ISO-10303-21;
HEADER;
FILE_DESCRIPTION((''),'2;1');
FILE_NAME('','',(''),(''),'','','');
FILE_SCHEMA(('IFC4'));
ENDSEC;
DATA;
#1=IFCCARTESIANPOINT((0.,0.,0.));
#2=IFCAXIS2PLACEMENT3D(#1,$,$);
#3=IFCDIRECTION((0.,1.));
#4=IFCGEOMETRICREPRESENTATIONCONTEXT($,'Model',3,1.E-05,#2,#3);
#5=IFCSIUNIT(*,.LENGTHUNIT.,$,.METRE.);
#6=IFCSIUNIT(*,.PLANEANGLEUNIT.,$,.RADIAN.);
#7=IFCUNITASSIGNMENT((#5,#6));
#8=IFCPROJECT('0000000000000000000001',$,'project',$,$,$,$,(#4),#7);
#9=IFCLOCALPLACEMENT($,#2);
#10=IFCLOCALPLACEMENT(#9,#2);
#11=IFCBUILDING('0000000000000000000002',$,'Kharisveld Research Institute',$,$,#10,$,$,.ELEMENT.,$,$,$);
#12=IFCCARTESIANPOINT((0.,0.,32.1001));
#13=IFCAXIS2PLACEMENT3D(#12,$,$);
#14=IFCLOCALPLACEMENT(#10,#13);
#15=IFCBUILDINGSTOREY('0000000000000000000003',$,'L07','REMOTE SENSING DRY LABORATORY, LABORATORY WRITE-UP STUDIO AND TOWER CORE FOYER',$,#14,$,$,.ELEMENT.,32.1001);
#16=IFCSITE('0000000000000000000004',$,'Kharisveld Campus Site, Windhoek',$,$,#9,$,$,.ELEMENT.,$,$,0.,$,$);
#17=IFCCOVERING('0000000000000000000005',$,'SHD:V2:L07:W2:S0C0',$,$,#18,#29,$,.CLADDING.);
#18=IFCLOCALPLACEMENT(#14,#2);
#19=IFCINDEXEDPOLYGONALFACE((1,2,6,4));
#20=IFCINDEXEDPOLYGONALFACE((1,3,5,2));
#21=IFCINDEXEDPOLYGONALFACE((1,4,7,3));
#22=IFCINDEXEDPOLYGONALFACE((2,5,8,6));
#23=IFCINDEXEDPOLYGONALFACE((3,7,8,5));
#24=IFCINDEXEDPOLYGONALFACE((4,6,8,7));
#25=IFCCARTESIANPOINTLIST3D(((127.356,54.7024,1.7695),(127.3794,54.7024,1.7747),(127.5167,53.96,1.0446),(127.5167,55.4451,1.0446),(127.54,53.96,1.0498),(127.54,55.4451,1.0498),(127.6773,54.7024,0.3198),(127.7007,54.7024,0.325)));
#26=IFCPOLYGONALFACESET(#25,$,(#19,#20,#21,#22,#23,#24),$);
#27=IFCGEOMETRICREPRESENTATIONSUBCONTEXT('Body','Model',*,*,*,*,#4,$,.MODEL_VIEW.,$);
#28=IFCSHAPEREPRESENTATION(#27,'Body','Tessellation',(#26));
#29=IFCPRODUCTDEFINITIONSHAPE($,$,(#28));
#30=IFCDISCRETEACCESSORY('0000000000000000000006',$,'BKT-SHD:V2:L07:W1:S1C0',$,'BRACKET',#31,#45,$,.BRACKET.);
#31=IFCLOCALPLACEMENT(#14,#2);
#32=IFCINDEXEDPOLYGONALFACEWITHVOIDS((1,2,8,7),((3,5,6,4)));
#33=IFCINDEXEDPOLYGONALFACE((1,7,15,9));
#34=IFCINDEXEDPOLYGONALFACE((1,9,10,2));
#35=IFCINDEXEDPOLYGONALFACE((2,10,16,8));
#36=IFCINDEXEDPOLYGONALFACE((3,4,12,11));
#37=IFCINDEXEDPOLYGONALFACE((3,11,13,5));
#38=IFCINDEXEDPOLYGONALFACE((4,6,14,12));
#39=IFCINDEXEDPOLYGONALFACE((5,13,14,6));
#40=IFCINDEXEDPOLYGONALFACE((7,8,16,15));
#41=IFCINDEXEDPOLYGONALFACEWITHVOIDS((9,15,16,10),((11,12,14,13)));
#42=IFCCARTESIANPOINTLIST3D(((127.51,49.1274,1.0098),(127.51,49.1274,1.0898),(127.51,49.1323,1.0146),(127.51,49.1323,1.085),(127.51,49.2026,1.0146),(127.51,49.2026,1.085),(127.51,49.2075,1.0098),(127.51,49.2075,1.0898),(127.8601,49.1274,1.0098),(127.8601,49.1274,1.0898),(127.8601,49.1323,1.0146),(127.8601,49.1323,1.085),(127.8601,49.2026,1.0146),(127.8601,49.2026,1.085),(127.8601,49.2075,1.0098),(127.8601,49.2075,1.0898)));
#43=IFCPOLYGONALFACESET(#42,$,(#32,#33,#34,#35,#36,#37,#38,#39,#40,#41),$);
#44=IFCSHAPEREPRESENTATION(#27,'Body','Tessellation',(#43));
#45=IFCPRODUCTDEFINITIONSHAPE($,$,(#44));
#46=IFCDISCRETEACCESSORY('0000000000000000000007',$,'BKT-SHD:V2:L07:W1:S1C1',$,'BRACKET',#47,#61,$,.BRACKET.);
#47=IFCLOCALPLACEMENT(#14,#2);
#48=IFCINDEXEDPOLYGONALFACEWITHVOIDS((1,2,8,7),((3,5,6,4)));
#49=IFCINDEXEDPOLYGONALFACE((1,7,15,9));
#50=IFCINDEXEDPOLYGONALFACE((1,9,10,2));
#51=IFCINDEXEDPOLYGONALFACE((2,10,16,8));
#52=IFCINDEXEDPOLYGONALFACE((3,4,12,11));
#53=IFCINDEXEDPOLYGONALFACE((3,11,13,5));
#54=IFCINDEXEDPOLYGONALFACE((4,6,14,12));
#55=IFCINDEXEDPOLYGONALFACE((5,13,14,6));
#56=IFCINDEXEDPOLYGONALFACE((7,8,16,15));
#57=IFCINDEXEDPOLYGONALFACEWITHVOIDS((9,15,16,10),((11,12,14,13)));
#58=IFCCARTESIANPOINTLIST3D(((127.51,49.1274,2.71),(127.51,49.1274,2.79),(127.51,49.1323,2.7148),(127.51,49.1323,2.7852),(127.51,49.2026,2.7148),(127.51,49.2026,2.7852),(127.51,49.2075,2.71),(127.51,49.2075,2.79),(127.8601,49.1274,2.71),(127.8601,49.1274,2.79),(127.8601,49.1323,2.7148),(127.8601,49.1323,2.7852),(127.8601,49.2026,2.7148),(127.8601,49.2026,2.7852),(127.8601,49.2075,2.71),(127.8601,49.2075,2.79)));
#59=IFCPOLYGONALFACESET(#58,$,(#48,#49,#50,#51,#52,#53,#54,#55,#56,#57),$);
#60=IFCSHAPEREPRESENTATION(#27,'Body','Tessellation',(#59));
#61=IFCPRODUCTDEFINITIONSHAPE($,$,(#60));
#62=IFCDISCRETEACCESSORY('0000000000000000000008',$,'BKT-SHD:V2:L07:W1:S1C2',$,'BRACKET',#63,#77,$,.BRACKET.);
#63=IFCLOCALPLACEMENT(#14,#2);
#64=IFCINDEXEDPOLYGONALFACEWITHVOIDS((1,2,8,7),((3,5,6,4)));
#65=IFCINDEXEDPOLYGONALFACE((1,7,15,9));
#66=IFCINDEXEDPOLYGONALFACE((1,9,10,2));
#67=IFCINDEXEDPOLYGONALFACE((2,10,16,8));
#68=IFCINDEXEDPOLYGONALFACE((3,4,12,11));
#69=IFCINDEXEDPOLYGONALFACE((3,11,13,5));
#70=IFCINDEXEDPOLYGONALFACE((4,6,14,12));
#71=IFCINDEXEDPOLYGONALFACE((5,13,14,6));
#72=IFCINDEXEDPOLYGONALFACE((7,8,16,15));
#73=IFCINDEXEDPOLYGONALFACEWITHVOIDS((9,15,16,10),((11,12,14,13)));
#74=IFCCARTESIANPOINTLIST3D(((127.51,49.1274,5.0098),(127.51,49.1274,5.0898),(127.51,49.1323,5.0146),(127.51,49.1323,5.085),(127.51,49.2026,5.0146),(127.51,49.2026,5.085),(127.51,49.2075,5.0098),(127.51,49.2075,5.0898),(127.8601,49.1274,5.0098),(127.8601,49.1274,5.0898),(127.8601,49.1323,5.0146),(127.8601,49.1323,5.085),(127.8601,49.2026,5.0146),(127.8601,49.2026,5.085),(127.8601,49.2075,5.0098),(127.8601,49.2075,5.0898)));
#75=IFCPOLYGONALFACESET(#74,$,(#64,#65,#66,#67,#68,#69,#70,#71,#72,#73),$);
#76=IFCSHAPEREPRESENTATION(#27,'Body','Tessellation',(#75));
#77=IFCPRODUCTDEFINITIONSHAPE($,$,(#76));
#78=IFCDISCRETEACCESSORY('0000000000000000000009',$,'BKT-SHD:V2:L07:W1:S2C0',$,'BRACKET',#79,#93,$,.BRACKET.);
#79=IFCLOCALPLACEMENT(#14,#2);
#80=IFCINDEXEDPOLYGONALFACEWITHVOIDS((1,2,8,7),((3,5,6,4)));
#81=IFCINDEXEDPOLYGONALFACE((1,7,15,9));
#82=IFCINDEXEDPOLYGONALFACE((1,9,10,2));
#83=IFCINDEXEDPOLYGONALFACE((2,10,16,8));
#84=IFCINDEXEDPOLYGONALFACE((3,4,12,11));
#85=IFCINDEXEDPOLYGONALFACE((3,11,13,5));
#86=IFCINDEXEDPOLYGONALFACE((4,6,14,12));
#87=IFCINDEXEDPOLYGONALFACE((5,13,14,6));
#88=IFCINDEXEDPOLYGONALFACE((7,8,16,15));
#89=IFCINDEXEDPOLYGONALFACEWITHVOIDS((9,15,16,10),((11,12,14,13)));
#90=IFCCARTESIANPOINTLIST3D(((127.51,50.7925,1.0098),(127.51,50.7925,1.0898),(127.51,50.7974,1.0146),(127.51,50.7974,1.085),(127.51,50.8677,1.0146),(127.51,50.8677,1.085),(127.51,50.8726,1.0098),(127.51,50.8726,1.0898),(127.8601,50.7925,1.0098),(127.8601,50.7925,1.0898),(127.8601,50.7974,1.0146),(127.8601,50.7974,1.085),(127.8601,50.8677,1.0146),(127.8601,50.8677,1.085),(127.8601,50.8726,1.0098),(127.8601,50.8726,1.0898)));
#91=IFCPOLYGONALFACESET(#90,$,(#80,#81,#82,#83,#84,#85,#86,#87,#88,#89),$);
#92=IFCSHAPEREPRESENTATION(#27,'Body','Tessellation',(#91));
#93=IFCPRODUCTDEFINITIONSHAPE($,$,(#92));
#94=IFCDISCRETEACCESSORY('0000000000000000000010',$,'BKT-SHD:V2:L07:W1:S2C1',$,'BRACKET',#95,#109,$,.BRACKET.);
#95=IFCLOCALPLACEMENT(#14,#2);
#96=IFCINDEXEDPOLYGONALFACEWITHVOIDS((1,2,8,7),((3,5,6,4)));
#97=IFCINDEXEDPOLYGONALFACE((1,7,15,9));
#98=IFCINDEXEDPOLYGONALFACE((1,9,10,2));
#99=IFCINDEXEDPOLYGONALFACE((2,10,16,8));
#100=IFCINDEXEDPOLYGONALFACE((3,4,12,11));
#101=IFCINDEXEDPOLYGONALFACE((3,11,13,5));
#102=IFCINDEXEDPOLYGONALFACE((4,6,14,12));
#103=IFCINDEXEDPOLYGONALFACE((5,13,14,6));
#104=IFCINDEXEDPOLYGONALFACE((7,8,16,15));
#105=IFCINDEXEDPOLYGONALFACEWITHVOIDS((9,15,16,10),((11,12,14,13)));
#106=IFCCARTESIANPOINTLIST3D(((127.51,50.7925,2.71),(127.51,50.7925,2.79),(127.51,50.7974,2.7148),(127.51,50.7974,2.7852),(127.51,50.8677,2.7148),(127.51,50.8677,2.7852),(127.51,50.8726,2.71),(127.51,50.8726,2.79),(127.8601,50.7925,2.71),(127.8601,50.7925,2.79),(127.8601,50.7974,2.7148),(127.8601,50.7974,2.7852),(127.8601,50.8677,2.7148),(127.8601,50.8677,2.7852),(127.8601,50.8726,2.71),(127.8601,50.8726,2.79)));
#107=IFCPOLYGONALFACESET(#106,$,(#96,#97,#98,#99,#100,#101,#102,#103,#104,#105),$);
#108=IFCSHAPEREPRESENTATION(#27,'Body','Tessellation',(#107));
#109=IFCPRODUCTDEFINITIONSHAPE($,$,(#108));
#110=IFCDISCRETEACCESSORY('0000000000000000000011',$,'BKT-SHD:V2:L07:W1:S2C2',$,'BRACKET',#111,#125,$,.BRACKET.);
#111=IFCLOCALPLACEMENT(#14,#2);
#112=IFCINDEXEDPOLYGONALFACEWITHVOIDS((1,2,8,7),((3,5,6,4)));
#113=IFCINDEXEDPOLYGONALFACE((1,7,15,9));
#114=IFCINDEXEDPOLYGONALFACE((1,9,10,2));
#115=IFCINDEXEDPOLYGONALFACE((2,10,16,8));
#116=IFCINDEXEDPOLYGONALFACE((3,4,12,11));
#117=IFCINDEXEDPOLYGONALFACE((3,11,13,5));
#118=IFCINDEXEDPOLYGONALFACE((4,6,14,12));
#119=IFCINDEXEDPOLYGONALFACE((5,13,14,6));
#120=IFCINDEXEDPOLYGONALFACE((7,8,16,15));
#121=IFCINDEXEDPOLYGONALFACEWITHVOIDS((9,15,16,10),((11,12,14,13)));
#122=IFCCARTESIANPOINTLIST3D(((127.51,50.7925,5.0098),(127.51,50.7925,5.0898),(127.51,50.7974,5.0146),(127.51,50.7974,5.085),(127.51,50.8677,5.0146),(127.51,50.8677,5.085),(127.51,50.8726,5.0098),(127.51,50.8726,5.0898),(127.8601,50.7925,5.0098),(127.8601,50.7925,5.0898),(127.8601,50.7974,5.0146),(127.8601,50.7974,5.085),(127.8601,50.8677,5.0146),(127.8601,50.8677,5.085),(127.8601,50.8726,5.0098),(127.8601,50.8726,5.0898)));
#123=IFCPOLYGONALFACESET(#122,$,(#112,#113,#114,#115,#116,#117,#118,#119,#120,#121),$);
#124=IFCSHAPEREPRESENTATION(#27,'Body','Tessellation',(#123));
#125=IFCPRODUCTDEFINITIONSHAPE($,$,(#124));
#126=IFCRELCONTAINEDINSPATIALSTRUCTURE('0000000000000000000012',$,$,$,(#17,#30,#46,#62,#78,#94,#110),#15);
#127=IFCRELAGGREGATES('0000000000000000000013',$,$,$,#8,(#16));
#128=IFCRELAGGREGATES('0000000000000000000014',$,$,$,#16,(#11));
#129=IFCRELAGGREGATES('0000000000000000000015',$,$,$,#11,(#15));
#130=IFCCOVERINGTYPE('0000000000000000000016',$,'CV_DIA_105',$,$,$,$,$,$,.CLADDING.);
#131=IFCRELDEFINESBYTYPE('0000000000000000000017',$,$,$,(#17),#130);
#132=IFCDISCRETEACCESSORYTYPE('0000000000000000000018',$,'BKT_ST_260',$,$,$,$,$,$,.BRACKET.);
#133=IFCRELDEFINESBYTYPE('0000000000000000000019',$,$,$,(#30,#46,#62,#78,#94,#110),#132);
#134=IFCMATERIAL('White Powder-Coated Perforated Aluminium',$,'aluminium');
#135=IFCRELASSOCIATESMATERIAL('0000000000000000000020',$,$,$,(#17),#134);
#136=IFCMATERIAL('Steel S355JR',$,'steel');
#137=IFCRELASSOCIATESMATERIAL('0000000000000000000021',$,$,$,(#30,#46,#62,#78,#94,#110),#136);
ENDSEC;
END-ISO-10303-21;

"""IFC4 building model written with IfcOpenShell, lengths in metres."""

from ifc_helpers import new_model, si_unit, direction, frame, origin, origin_2d, place, context, subcontext, project, spatial, polyline, hollow_rectangle, outline, extrude, material, type_object, element, save


model = new_model("IFC4")

# Units and contexts
model_context = context("Model", 3, precision=1e-05, world=origin(), true_north=direction((0.0, 1.0)))
body_context = subcontext(model_context, "Body", "Model", "MODEL_VIEW")
ifc_project = project(units=[si_unit("LENGTHUNIT", "METRE"), si_unit("PLANEANGLEUNIT", "RADIAN")], contexts=[model_context])

# Site, building, storey
site_placement = place(None, origin())
site = spatial("IfcSite", under=ifc_project, at=site_placement, Name="Kharisveld Campus Site, Windhoek", CompositionType="ELEMENT", RefElevation=0.0)
building_placement = place(site_placement, origin())
building = spatial("IfcBuilding", under=site, at=building_placement, Name="Kharisveld Research Institute", CompositionType="ELEMENT")
storey_placement = place(building_placement, frame((0.0, 0.0, 32.1001)))
storey = spatial("IfcBuildingStorey", under=building, at=storey_placement, Name="L07", Description="REMOTE SENSING DRY LABORATORY, LABORATORY WRITE-UP STUDIO AND TOWER CORE FOYER", CompositionType="ELEMENT", Elevation=32.1001)

# Covering
ifc_material_1 = material(Name="White Powder-Coated Perforated Aluminium", Category="aluminium")
covering_type = type_object("IfcCoveringType", Name="CV_DIA_105", PredefinedType="CLADDING")
covering_placement = place(storey_placement, frame((127.7007, 54.7024, 0.325), z_axis=(0.976311, 0.0, 0.216373), x_axis=(-0.152975, 0.707218, 0.690247)))
element("IfcCovering", 1, at=covering_placement, inside=storey, type_object=covering_type, material=ifc_material_1, Name="SHD:V2:L07:W2:S0C0", PredefinedType="CLADDING", context=body_context, shape_type="SweptSolid", body=[
    extrude(outline(polyline([(0.0, 0.0), (1.0501, 0.0), (1.0498, 1.0501), (-0.0002, 1.05), (0.0, 0.0)])), origin(), (0.0, 0.0, -1.0), 0.0239),
])

# Discrete accessories
ifc_material_2 = material(Name="Steel S355JR", Category="steel")
discrete_accessory_type = type_object("IfcDiscreteAccessoryType", Name="BKT_ST_260", PredefinedType="BRACKET")
for number, where, z_axis, x_axis, name in (
    (2, (127.8601, 49.1675, 1.0498), (-1.0, 0.0, 0.0), (0.0, -1.0, 0.0), "BKT-SHD:V2:L07:W1:S1C0"),
    (3, (127.8601, 49.1675, 2.75), (-1.0, 0.0, 0.0), (0.0, -1.0, 0.0), "BKT-SHD:V2:L07:W1:S1C1"),
    (4, (127.8601, 49.1675, 5.0498), (-1.0, 0.0, 0.0), (0.0, -1.0, 0.0), "BKT-SHD:V2:L07:W1:S1C2"),
    (5, (127.8601, 50.8325, 1.0498), (-1.0, 0.0, 0.0), (0.0, -1.0, 0.0), "BKT-SHD:V2:L07:W1:S2C0"),
    (6, (127.8601, 50.8325, 2.75), (-1.0, 0.0, 0.0), (0.0, -1.0, 0.0), "BKT-SHD:V2:L07:W1:S2C1"),
    (7, (127.8601, 50.8325, 5.0498), (-1.0, 0.0, 0.0), (0.0, -1.0, 0.0), "BKT-SHD:V2:L07:W1:S2C2"),
):
    element("IfcDiscreteAccessory", number, at=place(storey_placement, frame(where, z_axis=z_axis, x_axis=x_axis)), inside=storey, type_object=discrete_accessory_type, material=ifc_material_2, Name=name, ObjectType="BRACKET", PredefinedType="BRACKET", context=body_context, shape_type="SweptSolid", body=[
        extrude(hollow_rectangle(XDim=0.0801, YDim=0.0801, WallThickness=0.0049, at=origin_2d()), origin(), (0.0, 0.0, 1.0), 0.3501),
    ])

save(model, "model.ifc")
